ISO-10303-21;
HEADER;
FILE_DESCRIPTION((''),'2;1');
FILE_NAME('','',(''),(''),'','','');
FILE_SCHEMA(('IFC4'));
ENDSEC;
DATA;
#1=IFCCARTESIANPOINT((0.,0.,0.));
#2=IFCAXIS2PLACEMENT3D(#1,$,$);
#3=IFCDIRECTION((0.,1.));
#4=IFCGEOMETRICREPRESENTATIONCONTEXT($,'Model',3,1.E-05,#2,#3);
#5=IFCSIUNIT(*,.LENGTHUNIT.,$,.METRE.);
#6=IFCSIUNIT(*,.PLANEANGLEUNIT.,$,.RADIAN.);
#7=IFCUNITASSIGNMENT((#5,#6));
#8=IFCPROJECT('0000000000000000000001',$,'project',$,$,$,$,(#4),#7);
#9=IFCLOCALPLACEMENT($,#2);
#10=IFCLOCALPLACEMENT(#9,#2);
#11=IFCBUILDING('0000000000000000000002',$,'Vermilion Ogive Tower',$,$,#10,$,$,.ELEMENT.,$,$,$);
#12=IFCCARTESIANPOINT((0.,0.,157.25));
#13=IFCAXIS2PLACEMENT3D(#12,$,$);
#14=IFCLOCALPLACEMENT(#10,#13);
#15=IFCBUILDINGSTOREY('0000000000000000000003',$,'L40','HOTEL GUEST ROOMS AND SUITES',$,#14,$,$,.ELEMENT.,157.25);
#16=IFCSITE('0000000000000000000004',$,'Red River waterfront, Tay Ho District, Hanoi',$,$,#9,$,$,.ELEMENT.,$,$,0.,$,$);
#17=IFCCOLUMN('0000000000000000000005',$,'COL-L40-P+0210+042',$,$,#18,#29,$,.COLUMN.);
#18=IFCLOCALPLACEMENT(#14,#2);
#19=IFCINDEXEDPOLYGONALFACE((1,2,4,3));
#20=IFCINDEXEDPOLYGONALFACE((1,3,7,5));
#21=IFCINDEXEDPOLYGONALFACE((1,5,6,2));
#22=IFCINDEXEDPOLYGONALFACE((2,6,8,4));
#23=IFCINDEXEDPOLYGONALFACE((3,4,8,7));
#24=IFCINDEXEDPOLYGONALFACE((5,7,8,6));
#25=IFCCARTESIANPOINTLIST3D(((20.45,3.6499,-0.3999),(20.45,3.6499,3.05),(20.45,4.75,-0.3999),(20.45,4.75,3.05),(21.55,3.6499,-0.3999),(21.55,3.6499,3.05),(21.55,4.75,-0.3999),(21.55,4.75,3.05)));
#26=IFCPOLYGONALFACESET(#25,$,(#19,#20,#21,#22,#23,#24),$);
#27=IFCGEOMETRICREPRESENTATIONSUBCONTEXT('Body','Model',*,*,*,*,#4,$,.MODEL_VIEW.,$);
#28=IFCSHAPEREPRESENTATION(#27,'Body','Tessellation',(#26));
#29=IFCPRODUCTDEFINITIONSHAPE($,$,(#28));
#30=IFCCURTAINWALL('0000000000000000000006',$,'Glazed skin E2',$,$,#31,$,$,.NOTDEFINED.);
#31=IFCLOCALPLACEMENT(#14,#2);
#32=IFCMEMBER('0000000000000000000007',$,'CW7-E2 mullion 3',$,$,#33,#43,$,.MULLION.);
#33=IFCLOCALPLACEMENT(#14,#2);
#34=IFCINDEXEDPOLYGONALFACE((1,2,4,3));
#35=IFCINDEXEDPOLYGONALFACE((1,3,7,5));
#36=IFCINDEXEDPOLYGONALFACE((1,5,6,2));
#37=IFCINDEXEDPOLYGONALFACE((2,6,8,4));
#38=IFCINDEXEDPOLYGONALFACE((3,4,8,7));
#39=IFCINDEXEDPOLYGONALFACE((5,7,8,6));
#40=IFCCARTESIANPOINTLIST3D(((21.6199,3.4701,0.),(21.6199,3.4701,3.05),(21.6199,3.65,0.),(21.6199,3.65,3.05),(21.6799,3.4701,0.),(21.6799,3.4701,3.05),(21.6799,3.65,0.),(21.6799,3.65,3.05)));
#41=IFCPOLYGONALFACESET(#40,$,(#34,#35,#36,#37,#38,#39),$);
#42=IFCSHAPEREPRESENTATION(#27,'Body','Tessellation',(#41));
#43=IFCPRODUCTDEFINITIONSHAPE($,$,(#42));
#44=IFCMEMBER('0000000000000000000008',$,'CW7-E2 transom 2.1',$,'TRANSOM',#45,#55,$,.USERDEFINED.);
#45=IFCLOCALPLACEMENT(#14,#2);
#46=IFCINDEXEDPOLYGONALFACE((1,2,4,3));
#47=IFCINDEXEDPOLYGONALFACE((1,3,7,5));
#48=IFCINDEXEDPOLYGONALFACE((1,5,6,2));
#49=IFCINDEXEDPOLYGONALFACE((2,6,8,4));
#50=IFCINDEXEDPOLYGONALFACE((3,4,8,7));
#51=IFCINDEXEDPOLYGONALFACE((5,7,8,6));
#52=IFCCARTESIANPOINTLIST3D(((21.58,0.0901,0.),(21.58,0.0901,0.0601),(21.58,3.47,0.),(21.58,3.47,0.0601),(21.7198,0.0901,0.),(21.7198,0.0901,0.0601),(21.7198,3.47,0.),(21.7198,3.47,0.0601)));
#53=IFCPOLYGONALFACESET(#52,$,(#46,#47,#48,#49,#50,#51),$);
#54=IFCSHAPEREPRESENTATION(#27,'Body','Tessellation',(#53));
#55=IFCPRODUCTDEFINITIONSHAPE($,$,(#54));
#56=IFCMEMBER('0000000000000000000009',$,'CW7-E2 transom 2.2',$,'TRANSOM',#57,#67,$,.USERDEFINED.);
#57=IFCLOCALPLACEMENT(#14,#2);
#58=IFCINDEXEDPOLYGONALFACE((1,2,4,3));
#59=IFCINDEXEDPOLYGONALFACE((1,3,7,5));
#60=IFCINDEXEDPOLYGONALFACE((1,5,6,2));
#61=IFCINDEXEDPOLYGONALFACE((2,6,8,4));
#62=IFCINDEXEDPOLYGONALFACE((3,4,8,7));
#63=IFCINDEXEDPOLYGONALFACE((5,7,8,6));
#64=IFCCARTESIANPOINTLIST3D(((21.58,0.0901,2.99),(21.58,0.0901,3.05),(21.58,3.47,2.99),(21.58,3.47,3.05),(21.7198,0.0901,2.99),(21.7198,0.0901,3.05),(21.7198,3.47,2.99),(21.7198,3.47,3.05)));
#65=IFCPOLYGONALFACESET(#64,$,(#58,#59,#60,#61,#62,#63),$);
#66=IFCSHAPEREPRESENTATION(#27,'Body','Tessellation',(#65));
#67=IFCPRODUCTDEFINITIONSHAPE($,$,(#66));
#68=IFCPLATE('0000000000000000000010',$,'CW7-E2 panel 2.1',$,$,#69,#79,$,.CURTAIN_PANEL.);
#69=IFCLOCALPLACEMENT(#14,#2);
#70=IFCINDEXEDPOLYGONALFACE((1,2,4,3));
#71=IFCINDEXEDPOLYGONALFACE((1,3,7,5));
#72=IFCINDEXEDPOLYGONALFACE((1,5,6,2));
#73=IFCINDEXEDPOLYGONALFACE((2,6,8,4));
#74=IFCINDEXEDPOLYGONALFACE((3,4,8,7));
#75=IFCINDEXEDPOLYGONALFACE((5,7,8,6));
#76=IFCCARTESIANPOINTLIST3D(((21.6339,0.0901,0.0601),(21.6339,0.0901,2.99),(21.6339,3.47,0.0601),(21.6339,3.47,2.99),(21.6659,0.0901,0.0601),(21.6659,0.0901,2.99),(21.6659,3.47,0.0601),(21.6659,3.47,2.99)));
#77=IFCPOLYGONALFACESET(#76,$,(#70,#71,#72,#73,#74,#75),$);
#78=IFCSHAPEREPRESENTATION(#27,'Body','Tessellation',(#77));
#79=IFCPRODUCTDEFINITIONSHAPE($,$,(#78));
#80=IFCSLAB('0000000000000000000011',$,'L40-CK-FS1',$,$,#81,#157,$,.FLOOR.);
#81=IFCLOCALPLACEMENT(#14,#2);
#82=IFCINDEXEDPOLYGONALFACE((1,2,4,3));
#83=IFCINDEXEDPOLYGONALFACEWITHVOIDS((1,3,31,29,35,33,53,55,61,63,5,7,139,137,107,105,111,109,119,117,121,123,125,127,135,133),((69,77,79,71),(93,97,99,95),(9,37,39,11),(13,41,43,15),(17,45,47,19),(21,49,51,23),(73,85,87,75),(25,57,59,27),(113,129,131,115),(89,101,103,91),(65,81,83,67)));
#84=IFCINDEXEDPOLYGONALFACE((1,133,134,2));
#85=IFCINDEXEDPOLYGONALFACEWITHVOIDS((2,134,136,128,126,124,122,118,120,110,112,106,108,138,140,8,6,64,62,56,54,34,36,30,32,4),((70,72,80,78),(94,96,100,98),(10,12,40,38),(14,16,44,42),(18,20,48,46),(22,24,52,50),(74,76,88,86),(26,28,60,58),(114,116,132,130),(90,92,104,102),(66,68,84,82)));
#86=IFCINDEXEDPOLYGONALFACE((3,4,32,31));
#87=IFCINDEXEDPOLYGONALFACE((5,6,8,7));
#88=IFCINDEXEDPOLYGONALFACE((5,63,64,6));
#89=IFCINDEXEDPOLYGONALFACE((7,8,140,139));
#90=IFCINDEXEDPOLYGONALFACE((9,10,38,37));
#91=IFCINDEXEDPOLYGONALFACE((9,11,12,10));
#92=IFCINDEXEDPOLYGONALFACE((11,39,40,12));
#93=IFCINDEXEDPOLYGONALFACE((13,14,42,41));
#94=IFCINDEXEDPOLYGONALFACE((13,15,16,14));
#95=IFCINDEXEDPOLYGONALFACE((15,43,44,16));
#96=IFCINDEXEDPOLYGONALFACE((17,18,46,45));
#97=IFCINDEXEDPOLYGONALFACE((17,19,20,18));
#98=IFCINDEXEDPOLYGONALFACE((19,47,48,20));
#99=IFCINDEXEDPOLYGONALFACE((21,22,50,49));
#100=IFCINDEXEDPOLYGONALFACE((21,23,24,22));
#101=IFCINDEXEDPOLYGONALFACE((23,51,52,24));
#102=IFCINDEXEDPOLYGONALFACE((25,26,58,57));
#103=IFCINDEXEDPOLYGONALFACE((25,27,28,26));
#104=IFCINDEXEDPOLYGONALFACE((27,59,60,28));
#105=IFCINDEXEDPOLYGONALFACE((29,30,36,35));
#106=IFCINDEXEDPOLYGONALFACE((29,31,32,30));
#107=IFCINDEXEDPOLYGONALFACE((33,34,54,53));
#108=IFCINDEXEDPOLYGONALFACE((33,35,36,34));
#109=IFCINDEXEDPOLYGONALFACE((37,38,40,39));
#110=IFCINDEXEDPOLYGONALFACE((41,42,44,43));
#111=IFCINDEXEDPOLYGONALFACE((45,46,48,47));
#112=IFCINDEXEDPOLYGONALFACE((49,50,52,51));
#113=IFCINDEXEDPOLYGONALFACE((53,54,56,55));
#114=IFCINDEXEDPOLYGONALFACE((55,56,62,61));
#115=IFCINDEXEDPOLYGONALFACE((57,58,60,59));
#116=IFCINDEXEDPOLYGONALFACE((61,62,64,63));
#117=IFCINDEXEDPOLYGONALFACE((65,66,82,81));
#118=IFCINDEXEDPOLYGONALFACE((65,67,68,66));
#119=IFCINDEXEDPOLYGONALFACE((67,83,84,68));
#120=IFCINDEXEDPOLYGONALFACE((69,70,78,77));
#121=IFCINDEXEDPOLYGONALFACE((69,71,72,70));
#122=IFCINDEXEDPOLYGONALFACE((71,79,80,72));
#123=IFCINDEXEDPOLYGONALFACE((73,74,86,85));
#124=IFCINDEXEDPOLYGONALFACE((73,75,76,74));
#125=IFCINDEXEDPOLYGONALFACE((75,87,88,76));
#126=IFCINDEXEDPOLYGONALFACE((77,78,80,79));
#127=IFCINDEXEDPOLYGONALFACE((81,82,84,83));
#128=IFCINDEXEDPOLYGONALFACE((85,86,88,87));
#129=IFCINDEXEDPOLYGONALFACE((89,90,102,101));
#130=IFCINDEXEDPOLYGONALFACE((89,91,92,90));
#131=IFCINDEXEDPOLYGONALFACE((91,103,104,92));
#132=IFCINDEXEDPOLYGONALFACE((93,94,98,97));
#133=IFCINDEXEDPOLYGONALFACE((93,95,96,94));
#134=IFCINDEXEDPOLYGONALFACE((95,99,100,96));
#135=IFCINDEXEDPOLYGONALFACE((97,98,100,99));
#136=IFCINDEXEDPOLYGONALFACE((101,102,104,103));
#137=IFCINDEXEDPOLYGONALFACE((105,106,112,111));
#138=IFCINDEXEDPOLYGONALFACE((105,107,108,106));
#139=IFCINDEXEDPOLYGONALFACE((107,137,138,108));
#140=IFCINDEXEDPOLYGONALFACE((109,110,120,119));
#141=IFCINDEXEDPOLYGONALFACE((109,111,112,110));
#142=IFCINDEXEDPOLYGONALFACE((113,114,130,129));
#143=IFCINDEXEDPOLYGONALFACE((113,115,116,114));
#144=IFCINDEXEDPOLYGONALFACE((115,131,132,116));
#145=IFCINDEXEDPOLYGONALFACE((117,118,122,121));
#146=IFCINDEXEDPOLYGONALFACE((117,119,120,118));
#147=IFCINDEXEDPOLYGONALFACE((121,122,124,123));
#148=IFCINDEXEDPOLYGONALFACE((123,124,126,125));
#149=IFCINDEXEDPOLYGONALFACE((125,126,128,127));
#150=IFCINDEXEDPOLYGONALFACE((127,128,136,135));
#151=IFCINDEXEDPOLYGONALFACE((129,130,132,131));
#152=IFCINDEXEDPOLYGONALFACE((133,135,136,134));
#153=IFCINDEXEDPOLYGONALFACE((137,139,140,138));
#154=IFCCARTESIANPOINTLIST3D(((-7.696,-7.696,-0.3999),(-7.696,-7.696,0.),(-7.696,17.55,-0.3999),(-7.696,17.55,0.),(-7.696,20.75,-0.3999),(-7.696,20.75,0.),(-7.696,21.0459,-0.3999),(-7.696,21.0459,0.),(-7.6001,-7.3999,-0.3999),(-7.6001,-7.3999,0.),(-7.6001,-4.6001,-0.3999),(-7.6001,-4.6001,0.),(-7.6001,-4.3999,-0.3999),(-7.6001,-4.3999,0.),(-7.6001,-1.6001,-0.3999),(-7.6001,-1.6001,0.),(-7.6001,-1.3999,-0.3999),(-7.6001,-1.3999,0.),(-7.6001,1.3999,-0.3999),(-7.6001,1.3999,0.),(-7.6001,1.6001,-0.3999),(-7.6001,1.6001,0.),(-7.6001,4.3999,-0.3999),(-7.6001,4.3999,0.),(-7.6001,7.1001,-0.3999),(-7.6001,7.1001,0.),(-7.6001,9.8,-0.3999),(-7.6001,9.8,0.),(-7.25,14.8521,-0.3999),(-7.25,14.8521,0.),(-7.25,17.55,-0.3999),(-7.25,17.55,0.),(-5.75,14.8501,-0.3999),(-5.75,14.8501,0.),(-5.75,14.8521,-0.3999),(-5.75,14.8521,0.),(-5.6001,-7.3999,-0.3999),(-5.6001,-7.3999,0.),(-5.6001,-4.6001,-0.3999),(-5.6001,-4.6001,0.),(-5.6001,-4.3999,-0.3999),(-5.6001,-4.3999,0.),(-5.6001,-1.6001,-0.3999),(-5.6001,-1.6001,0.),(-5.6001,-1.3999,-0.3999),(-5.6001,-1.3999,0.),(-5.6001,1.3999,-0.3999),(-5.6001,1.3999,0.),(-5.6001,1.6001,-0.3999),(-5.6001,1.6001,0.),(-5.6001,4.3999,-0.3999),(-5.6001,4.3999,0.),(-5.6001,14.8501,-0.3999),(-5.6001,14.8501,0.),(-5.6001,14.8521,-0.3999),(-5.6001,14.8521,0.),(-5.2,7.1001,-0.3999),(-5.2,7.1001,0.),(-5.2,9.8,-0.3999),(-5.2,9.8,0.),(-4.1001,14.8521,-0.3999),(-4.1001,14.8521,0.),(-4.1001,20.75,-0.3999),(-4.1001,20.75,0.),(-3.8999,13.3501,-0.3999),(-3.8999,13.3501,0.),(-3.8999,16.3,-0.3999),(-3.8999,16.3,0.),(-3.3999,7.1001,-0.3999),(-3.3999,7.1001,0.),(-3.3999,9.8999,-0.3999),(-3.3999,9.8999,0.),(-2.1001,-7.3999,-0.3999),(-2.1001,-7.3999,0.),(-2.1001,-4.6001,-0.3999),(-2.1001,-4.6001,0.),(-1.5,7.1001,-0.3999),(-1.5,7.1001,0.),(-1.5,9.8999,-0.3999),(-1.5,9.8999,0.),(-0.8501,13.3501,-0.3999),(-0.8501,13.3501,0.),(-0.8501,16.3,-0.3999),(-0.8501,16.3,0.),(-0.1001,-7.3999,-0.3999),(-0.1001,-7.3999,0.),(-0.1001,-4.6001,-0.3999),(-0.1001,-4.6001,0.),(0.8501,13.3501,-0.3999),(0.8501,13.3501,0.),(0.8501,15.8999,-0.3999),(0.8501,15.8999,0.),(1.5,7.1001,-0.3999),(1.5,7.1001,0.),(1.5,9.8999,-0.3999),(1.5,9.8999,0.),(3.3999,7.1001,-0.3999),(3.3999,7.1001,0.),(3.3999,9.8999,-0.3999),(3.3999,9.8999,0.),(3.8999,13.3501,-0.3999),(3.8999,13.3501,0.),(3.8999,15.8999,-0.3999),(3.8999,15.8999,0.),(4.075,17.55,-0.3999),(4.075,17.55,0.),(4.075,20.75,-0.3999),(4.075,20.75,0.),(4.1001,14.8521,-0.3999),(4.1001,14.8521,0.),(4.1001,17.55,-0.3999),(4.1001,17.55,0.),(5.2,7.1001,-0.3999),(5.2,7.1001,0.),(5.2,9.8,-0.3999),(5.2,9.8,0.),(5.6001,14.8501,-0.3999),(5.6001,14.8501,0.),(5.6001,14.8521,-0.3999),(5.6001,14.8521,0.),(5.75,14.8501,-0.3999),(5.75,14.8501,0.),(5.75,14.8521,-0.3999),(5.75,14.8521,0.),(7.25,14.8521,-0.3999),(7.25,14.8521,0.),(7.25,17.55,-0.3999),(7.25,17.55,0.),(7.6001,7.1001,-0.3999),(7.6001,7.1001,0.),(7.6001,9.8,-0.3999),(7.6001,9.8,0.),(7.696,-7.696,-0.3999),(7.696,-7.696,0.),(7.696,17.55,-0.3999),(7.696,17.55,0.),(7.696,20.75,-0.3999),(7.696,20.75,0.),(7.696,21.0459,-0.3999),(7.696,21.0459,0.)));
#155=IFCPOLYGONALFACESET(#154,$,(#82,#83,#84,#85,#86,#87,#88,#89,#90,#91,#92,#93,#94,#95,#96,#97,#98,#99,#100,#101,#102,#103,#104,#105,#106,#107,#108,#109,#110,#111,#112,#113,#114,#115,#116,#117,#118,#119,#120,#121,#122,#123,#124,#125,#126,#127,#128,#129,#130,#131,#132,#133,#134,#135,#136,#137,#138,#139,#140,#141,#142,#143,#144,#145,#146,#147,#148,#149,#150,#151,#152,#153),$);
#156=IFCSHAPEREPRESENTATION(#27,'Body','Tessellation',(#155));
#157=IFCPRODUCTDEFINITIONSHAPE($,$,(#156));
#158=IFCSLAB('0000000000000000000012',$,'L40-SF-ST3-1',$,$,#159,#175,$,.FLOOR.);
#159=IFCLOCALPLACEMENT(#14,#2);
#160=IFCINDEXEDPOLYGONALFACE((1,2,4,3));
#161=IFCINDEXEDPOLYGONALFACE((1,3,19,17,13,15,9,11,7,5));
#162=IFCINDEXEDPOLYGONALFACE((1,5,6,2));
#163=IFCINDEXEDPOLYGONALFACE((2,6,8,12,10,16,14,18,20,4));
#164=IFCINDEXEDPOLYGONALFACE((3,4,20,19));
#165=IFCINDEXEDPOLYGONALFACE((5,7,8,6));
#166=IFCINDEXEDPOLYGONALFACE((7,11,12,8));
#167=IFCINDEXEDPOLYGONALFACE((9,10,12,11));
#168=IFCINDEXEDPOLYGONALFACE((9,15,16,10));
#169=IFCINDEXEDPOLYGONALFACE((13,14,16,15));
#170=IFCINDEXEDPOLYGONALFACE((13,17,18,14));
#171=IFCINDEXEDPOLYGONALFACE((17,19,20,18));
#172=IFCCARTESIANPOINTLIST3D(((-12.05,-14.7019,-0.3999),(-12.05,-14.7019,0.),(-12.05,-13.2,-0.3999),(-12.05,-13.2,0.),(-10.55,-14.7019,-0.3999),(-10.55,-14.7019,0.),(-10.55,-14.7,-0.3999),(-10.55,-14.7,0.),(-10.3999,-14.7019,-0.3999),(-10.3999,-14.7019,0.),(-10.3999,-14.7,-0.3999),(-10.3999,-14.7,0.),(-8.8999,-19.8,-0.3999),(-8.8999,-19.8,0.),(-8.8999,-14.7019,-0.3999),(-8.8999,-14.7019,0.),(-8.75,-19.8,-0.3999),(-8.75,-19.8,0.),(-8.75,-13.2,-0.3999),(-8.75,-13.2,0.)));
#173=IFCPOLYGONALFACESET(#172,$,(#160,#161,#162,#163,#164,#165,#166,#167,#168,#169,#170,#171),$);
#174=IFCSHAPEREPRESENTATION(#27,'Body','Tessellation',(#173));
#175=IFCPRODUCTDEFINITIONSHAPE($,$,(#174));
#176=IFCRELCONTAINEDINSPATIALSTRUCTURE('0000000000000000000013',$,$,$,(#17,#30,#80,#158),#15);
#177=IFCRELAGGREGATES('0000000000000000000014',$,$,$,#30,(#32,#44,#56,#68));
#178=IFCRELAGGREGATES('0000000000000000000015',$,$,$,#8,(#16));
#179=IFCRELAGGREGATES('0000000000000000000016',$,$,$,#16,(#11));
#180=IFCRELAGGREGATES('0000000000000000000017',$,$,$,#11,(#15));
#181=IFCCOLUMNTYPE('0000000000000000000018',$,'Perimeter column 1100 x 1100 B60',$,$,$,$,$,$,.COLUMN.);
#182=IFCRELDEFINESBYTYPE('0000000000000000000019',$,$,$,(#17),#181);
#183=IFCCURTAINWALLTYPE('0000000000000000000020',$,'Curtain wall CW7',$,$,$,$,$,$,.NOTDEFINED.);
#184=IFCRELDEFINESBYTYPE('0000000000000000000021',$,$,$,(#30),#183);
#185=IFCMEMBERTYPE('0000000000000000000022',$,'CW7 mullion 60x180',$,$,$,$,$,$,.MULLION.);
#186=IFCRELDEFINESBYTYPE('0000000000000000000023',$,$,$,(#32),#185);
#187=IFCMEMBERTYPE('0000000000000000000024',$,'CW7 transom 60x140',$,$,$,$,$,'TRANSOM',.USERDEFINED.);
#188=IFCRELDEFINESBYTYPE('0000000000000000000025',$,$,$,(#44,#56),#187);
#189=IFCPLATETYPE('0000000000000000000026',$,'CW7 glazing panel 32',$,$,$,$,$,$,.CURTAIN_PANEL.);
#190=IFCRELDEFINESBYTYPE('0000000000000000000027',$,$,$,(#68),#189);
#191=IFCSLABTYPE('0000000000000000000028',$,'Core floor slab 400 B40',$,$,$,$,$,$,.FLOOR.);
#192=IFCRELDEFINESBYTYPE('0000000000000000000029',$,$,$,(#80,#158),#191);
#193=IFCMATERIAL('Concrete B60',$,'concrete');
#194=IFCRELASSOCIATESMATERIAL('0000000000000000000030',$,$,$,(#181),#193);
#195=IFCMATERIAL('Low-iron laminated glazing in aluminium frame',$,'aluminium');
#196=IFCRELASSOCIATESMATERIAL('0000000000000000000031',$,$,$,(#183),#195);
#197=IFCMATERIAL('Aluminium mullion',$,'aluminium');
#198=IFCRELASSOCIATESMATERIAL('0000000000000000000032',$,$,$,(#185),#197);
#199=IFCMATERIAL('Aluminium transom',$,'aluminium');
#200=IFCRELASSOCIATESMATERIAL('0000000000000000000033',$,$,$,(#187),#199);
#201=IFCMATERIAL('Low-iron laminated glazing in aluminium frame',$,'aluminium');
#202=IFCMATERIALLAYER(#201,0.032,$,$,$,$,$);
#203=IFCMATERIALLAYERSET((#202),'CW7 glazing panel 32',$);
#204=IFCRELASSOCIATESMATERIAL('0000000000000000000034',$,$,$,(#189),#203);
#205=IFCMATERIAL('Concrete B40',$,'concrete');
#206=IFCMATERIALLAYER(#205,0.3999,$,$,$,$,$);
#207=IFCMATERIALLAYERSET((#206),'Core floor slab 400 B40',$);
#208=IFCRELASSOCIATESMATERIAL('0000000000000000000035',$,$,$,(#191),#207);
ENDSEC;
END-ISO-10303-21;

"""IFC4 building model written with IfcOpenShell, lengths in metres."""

from ifc_helpers import new_model, si_unit, direction, frame, origin, origin_2d, place, context, subcontext, project, spatial, polyline, rectangle, outline, extrude, material, layer, layer_set, material_profile, profile_set, type_object, element, aggregate, save


model = new_model("IFC4")

# Units and contexts
model_context = context("Model", 3, precision=1e-05, world=origin(), true_north=direction((0.0, 1.0)))
body_context = subcontext(model_context, "Body", "Model", "MODEL_VIEW")
ifc_project = project(units=[si_unit("LENGTHUNIT", "METRE"), si_unit("PLANEANGLEUNIT", "RADIAN")], contexts=[model_context])

# Site, building, storey
site_placement = place(None, origin())
site = spatial("IfcSite", under=ifc_project, at=site_placement, Name="Red River waterfront, Tay Ho District, Hanoi", CompositionType="ELEMENT", RefElevation=0.0)
building_placement = place(site_placement, origin())
building = spatial("IfcBuilding", under=site, at=building_placement, Name="Vermilion Ogive Tower", CompositionType="ELEMENT")
storey_placement = place(building_placement, frame((0.0, 0.0, 157.25)))
storey = spatial("IfcBuildingStorey", under=building, at=storey_placement, Name="L40", Description="HOTEL GUEST ROOMS AND SUITES", CompositionType="ELEMENT", Elevation=157.25)

# Column
ifc_material_1 = material(Name="Concrete B60", Category="concrete")
ifc_material_profile_1 = material_profile(ifc_material_1, rectangle(XDim=1.1001, YDim=1.1001, at=origin_2d()), Name="1100 x 1100")
ifc_profile_set_1 = profile_set([ifc_material_profile_1], Name="Concrete B60")
column_type = type_object("IfcColumnType", Name="Perimeter column 1100 x 1100 B60", PredefinedType="COLUMN", material=ifc_profile_set_1)
column_placement = place(storey_placement, frame((21.0, 4.2, -0.3999), z_axis=(0.0, 0.0, 1.0), x_axis=(1.0, 0.0, 0.0)))
element("IfcColumn", 1, at=column_placement, inside=storey, type_object=column_type, Name="COL-L40-P+0210+042", PredefinedType="COLUMN", context=body_context, shape_type="SweptSolid", body=[
    extrude(rectangle(XDim=1.1001, YDim=1.1001, at=origin_2d()), origin(), (0.0, 0.0, 1.0), 3.45),
])

# Curtain wall, members, plate
ifc_material_2 = material(Name="Low-iron laminated glazing in aluminium frame", Category="aluminium")
curtain_wall_type = type_object("IfcCurtainWallType", Name="Curtain wall CW7", PredefinedType="NOTDEFINED", material=ifc_material_2)
curtain_wall_placement = place(storey_placement, origin())
curtain_wall = element("IfcCurtainWall", 2, at=curtain_wall_placement, inside=storey, type_object=curtain_wall_type, Name="Glazed skin E2", PredefinedType="NOTDEFINED")
ifc_material_3 = material(Name="Aluminium mullion", Category="aluminium")
ifc_material_profile_2 = material_profile(ifc_material_3, rectangle(XDim=0.0601, YDim=0.1799, at=origin_2d()), Name="AL 60x180")
ifc_profile_set_2 = profile_set([ifc_material_profile_2], Name="Aluminium mullion")
member_type_1 = type_object("IfcMemberType", Name="CW7 mullion 60x180", PredefinedType="MULLION", material=ifc_profile_set_2)
member_1_placement = place(storey_placement, frame((21.6499, 3.5601, 0.0), z_axis=(0.0, 0.0, 1.0), x_axis=(-1.0, 0.0, 0.0)))
member_1 = element("IfcMember", 3, at=member_1_placement, type_object=member_type_1, Name="CW7-E2 mullion 3", PredefinedType="MULLION", context=body_context, shape_type="SweptSolid", body=[
    extrude(rectangle(XDim=0.0601, YDim=0.1799, at=origin_2d()), origin(), (0.0, 0.0, 1.0), 3.05),
])
ifc_material_4 = material(Name="Aluminium transom", Category="aluminium")
ifc_material_profile_3 = material_profile(ifc_material_4, rectangle(XDim=0.1399, YDim=0.0601, at=origin_2d()), Name="AL 60x140")
ifc_profile_set_3 = profile_set([ifc_material_profile_3], Name="Aluminium transom")
member_type_2 = type_object("IfcMemberType", Name="CW7 transom 60x140", ElementType="TRANSOM", PredefinedType="USERDEFINED", material=ifc_profile_set_3)
member_2_placement = place(storey_placement, frame((21.6499, 0.0901, 0.03), z_axis=(0.0, 1.0, 0.0), x_axis=(-1.0, 0.0, 0.0)))
member_2 = element("IfcMember", 4, at=member_2_placement, type_object=member_type_2, Name="CW7-E2 transom 2.1", ObjectType="TRANSOM", PredefinedType="USERDEFINED", context=body_context, shape_type="SweptSolid", body=[
    extrude(rectangle(XDim=0.1399, YDim=0.0601, at=origin_2d()), origin(), (0.0, 0.0, 1.0), 3.3799),
])
member_3_placement = place(storey_placement, frame((21.6499, 0.0901, 3.02), z_axis=(0.0, 1.0, 0.0), x_axis=(-1.0, 0.0, 0.0)))
member_3 = element("IfcMember", 5, at=member_3_placement, type_object=member_type_2, Name="CW7-E2 transom 2.2", ObjectType="TRANSOM", PredefinedType="USERDEFINED", context=body_context, shape_type="SweptSolid", body=[
    extrude(rectangle(XDim=0.1399, YDim=0.0601, at=origin_2d()), origin(), (0.0, 0.0, 1.0), 3.3799),
])
ifc_material_5 = material(Name="Low-iron laminated glazing in aluminium frame", Category="aluminium")
ifc_layer_1 = layer(ifc_material_5, 0.032)
ifc_layer_set_1 = layer_set([ifc_layer_1], Name="CW7 glazing panel 32")
plate_type = type_object("IfcPlateType", Name="CW7 glazing panel 32", PredefinedType="CURTAIN_PANEL", material=ifc_layer_set_1)
plate_placement = place(storey_placement, frame((21.6499, 1.78, 0.0601), z_axis=(0.0, 0.0, 1.0), x_axis=(0.0, 1.0, 0.0)))
plate = element("IfcPlate", 6, at=plate_placement, type_object=plate_type, Name="CW7-E2 panel 2.1", PredefinedType="CURTAIN_PANEL", context=body_context, shape_type="SweptSolid", body=[
    extrude(rectangle(XDim=3.3799, YDim=0.032, at=origin_2d()), origin(), (0.0, 0.0, 1.0), 2.9299),
])
aggregate(curtain_wall, [member_1, member_2, member_3, plate])

# Slabs
ifc_material_6 = material(Name="Concrete B40", Category="concrete")
ifc_layer_2 = layer(ifc_material_6, 0.3999)
ifc_layer_set_2 = layer_set([ifc_layer_2], Name="Core floor slab 400 B40")
slab_type_1 = type_object("IfcSlabType", Name="Core floor slab 400 B40", PredefinedType="FLOOR", material=ifc_layer_set_2)
slab_1_placement = place(storey_placement, frame((0.0, 0.0, -0.3999)))
element("IfcSlab", 7, at=slab_1_placement, inside=storey, type_object=slab_type_1, Name="L40-CK-FS1", PredefinedType="FLOOR", context=body_context, shape_type="SweptSolid", body=[
    extrude(outline(polyline([(5.75, 14.8501), (5.6001, 14.8501), (5.6001, 14.8521), (4.1001, 14.8521), (4.1001, 17.55), (4.075, 17.55), (4.075, 20.75), (7.696, 20.75), (7.696, 21.0459), (-7.696, 21.0459), (-7.696, 20.75), (-4.1001, 20.75), (-4.1001, 14.8521), (-5.6001, 14.8521), (-5.6001, 14.8501), (-5.75, 14.8501), (-5.75, 14.8521), (-7.25, 14.8521), (-7.25, 17.55), (-7.696, 17.55), (-7.696, -7.696), (7.696, -7.696), (7.696, 17.55), (7.25, 17.55), (7.25, 14.8521), (5.75, 14.8521), (5.75, 14.8501)]), holes=[polyline([(-7.6001, -7.3999), (-7.6001, -4.6001), (-5.6001, -4.6001), (-5.6001, -7.3999), (-7.6001, -7.3999)]), polyline([(-7.6001, -4.3999), (-7.6001, -1.6001), (-5.6001, -1.6001), (-5.6001, -4.3999), (-7.6001, -4.3999)]), polyline([(-7.6001, -1.3999), (-7.6001, 1.3999), (-5.6001, 1.3999), (-5.6001, -1.3999), (-7.6001, -1.3999)]), polyline([(-7.6001, 1.6001), (-7.6001, 4.3999), (-5.6001, 4.3999), (-5.6001, 1.6001), (-7.6001, 1.6001)]), polyline([(-7.6001, 7.1001), (-7.6001, 9.8), (-5.2, 9.8), (-5.2, 7.1001), (-7.6001, 7.1001)]), polyline([(-3.3999, 9.8999), (-1.5, 9.8999), (-1.5, 7.1001), (-3.3999, 7.1001), (-3.3999, 9.8999)]), polyline([(-2.1001, -7.3999), (-2.1001, -4.6001), (-0.1001, -4.6001), (-0.1001, -7.3999), (-2.1001, -7.3999)]), polyline([(5.2, 7.1001), (5.2, 9.8), (7.6001, 9.8), (7.6001, 7.1001), (5.2, 7.1001)]), polyline([(1.5, 7.1001), (1.5, 9.8999), (3.3999, 9.8999), (3.3999, 7.1001), (1.5, 7.1001)]), polyline([(0.8501, 13.3501), (0.8501, 15.8999), (3.8999, 15.8999), (3.8999, 13.3501), (0.8501, 13.3501)]), polyline([(-3.8999, 16.3), (-0.8501, 16.3), (-0.8501, 13.3501), (-3.8999, 13.3501), (-3.8999, 16.3)])]), origin(), (0.0, 0.0, 1.0), 0.3999),
])
slab_2_placement = place(storey_placement, frame((0.0, 0.0, -0.3999)))
element("IfcSlab", 8, at=slab_2_placement, inside=storey, type_object=slab_type_1, Name="L40-SF-ST3-1", PredefinedType="FLOOR", context=body_context, shape_type="SweptSolid", body=[
    extrude(outline(polyline([(-12.05, -13.2), (-12.05, -14.7019), (-10.55, -14.7019), (-10.55, -14.7), (-10.3999, -14.7), (-10.3999, -14.7019), (-8.8999, -14.7019), (-8.8999, -19.8), (-8.75, -19.8), (-8.75, -13.2), (-12.05, -13.2)])), origin(), (0.0, 0.0, 1.0), 0.3999),
])

save(model, "model.ifc")
